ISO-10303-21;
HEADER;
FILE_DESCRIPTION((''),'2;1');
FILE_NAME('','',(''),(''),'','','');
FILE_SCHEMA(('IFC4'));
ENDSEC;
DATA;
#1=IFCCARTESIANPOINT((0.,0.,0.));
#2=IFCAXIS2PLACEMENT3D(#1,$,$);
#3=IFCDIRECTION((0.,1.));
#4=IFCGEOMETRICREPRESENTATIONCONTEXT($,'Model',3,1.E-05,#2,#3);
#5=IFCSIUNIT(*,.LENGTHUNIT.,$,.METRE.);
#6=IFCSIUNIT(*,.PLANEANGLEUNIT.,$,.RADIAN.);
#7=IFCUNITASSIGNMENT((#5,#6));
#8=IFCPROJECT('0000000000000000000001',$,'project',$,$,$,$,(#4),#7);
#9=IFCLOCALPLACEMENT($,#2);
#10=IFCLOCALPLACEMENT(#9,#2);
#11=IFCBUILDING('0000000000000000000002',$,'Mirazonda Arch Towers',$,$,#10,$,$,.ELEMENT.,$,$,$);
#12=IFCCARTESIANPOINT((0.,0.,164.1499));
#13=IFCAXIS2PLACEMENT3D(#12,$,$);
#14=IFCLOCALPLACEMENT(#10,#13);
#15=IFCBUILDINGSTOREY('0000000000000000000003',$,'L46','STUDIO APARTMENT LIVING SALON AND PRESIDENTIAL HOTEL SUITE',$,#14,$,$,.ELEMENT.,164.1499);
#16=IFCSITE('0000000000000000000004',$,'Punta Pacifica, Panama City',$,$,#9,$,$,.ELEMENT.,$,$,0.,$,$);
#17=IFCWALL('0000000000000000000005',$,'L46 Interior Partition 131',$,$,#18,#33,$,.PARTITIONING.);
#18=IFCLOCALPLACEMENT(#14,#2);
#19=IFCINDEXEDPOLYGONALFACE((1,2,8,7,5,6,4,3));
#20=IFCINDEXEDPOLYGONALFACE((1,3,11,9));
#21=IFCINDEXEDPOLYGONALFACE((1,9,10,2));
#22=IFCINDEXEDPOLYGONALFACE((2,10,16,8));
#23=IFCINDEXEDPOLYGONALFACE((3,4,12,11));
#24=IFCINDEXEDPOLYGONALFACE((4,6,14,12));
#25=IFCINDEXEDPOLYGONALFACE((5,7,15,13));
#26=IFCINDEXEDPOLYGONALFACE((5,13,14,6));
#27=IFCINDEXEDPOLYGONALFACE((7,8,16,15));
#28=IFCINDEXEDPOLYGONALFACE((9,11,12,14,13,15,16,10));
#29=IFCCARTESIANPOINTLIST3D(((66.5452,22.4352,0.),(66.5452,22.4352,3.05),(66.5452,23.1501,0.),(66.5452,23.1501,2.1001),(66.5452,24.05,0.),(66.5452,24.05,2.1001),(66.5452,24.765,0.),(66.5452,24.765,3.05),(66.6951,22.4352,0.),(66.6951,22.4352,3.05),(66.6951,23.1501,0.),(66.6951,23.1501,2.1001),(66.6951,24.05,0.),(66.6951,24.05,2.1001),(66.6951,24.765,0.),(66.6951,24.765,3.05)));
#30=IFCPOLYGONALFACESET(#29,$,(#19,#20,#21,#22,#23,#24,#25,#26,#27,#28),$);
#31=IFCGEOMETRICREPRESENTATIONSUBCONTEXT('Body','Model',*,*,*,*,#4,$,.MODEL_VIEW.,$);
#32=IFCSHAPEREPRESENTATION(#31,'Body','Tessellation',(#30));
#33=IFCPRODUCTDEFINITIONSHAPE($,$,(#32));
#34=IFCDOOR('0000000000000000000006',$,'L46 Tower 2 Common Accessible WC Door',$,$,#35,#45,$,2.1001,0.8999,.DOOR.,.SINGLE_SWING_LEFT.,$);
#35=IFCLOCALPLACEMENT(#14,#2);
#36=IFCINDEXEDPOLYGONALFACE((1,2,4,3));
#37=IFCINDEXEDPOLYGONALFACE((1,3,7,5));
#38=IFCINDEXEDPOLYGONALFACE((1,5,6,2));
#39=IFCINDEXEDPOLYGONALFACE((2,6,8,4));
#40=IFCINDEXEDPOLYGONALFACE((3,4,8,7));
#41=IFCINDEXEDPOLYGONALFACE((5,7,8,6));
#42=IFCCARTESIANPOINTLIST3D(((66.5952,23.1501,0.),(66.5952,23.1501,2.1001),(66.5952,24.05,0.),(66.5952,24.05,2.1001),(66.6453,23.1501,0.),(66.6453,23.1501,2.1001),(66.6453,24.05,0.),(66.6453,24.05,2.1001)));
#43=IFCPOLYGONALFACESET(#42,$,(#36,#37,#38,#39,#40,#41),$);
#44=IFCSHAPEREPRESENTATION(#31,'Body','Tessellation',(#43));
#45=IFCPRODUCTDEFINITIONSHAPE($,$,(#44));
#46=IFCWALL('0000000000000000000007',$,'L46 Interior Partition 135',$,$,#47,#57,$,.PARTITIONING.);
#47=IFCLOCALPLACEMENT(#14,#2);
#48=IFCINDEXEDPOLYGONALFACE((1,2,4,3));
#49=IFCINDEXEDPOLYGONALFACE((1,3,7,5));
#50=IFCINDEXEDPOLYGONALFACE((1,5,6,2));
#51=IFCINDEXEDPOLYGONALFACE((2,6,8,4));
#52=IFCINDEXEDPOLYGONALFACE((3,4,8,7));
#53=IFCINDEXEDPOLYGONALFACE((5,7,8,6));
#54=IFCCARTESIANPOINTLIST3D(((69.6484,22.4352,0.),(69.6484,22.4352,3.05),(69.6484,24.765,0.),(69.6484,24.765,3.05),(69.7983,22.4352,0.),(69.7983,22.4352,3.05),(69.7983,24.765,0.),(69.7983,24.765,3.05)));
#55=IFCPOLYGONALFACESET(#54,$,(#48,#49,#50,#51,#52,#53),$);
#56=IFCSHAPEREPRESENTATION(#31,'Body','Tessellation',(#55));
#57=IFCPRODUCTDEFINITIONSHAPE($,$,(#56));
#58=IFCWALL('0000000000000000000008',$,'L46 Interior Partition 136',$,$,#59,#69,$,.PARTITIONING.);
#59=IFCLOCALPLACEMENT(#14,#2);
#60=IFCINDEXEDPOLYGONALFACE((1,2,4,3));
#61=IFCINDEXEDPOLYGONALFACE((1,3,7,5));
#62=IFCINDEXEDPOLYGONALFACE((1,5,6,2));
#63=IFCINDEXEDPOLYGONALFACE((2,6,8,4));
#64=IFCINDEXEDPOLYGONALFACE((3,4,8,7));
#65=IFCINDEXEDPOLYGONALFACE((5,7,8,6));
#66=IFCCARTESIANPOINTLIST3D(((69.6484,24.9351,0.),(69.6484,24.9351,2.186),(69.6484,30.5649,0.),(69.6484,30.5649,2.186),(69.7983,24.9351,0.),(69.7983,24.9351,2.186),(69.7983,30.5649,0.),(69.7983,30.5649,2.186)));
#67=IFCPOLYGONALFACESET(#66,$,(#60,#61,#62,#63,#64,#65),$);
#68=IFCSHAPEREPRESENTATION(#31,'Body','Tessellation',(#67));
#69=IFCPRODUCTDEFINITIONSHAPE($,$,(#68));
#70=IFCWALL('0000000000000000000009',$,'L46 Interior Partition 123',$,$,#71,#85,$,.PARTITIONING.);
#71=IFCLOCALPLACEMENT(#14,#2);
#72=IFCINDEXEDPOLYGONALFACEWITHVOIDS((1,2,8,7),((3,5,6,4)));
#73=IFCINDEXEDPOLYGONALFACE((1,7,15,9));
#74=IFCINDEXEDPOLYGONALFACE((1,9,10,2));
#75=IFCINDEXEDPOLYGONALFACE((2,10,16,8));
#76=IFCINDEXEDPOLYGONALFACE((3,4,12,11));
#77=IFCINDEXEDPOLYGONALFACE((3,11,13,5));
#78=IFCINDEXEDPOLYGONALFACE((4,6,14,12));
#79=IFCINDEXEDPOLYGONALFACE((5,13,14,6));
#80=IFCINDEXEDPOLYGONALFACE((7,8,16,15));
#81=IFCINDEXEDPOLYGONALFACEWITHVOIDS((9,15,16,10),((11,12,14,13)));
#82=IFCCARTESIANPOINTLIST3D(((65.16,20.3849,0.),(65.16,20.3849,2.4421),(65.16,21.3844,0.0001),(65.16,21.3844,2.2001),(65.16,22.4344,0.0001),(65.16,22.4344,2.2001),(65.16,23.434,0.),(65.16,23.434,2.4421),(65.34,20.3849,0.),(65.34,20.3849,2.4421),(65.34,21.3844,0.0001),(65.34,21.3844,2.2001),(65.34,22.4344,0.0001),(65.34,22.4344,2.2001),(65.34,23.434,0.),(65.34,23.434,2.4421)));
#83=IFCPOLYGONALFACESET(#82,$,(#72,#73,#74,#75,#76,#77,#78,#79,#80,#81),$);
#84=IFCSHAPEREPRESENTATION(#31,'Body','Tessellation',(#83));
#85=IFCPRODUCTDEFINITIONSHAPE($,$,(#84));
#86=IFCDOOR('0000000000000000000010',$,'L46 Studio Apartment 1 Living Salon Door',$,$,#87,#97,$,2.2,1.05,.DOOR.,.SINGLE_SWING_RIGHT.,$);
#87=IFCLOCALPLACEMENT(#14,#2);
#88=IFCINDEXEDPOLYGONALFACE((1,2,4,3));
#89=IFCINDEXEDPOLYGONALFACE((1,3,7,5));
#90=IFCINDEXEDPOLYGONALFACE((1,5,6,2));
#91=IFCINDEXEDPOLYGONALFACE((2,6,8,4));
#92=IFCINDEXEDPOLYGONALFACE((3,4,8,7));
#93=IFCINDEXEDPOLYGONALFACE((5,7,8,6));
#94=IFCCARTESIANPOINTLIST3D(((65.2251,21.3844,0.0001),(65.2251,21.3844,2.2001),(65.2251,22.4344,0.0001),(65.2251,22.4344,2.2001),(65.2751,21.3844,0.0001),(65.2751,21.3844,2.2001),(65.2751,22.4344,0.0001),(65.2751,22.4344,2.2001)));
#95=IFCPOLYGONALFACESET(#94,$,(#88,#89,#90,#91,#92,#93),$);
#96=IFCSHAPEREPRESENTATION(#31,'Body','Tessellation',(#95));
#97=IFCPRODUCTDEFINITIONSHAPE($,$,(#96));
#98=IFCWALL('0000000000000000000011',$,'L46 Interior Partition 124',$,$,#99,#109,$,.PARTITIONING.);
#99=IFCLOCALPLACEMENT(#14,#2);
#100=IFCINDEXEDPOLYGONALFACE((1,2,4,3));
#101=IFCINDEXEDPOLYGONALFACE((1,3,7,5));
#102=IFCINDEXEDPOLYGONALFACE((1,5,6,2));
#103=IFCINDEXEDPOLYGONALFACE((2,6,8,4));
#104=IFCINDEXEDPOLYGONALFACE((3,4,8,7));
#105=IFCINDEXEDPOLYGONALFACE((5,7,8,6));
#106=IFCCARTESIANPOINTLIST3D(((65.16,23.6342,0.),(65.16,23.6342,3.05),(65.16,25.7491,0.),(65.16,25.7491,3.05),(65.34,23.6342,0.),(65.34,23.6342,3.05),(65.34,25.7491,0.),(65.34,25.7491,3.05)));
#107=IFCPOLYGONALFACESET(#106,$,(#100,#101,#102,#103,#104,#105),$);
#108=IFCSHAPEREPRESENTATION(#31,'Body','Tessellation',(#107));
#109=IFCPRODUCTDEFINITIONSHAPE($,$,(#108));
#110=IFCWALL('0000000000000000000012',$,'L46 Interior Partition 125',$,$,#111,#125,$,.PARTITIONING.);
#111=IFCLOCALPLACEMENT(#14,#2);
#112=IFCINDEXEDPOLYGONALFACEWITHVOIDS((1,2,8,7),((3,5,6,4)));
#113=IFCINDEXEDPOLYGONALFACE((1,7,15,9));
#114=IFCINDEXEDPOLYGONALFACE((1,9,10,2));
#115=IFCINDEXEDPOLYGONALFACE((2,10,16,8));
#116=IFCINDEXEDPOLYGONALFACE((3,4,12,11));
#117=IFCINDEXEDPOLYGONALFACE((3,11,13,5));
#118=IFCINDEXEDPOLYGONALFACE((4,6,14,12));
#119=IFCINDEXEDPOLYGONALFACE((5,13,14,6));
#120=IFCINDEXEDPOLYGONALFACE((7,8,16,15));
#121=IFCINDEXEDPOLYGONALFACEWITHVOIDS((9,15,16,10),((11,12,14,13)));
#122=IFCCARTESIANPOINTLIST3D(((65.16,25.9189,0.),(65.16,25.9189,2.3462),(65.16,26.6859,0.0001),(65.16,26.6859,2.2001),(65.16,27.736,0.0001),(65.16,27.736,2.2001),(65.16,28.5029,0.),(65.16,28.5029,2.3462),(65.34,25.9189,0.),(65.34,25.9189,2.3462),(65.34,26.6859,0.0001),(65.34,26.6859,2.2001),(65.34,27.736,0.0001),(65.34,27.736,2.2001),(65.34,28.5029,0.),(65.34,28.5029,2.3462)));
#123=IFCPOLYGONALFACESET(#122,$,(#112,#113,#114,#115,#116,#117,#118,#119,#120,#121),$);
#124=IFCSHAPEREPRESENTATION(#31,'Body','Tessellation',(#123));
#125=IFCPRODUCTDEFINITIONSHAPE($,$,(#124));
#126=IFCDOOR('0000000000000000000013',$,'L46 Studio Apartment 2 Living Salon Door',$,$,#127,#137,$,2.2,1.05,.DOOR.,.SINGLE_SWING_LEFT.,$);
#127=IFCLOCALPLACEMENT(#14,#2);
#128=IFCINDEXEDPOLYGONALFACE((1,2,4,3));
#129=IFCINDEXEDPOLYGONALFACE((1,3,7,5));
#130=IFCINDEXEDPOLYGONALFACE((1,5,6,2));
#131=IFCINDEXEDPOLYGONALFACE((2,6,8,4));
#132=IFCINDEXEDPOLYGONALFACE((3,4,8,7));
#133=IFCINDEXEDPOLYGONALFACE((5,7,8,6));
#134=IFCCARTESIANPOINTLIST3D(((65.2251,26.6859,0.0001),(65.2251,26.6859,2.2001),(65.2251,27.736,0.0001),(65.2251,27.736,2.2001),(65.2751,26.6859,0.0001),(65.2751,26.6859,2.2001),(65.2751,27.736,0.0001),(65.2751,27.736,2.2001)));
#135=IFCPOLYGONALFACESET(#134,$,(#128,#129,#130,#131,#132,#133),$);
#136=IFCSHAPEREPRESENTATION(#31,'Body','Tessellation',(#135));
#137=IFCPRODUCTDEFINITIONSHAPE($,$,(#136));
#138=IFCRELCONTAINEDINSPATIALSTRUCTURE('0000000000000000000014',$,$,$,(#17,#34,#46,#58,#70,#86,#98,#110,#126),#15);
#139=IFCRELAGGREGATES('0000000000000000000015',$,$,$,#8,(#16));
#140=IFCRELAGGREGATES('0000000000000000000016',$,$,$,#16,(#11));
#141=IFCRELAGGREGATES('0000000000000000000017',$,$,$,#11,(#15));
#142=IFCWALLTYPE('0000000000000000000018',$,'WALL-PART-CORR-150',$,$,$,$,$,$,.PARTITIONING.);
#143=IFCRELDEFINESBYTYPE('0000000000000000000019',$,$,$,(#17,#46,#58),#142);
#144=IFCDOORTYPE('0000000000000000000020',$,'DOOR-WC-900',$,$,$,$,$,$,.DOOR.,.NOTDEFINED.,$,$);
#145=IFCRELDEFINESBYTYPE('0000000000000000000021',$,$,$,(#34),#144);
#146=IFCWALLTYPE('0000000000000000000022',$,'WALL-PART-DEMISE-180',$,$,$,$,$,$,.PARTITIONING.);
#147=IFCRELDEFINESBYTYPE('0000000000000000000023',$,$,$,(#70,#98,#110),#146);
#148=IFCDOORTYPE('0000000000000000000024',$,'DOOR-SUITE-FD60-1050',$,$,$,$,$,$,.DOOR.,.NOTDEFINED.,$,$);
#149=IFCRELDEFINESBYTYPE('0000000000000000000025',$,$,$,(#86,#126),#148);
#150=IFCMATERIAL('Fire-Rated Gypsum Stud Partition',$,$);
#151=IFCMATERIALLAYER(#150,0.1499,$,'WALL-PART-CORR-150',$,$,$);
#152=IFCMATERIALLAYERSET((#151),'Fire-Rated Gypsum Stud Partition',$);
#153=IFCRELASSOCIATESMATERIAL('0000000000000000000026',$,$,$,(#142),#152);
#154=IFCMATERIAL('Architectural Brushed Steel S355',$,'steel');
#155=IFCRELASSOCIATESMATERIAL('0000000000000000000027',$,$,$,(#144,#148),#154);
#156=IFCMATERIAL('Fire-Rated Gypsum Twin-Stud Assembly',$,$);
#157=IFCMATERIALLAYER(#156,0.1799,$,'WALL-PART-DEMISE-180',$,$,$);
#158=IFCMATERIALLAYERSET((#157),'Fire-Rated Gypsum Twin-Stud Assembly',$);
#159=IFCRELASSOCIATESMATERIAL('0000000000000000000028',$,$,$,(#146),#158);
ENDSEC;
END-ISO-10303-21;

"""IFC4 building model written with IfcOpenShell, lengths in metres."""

from ifc_helpers import new_model, si_unit, direction, frame, frame_2d, origin, place, context, subcontext, project, spatial, rectangle, extrude, material, layer, layer_set, type_object, element, fill, save


model = new_model("IFC4")

# Units and contexts
model_context = context("Model", 3, precision=1e-05, world=origin(), true_north=direction((0.0, 1.0)))
body_context = subcontext(model_context, "Body", "Model", "MODEL_VIEW")
ifc_project = project(units=[si_unit("LENGTHUNIT", "METRE"), si_unit("PLANEANGLEUNIT", "RADIAN")], contexts=[model_context])

# Site, building, storey
site_placement = place(None, origin())
site = spatial("IfcSite", under=ifc_project, at=site_placement, Name="Punta Pacifica, Panama City", CompositionType="ELEMENT", RefElevation=0.0)
building_placement = place(site_placement, origin())
building = spatial("IfcBuilding", under=site, at=building_placement, Name="Mirazonda Arch Towers", CompositionType="ELEMENT")
storey_placement = place(building_placement, frame((0.0, 0.0, 164.1499)))
storey = spatial("IfcBuildingStorey", under=building, at=storey_placement, Name="L46", Description="STUDIO APARTMENT LIVING SALON AND PRESIDENTIAL HOTEL SUITE", CompositionType="ELEMENT", Elevation=164.1499)

# Shared definitions
ifc_material_1 = material(Name="Architectural Brushed Steel S355", Category="steel")

# Shared definitions
ifc_material_2 = material(Name="Fire-Rated Gypsum Stud Partition")
ifc_layer_1 = layer(ifc_material_2, 0.1499, Name="WALL-PART-CORR-150")
ifc_layer_set_1 = layer_set([ifc_layer_1], Name="Fire-Rated Gypsum Stud Partition")
wall_type_1 = type_object("IfcWallType", Name="WALL-PART-CORR-150", PredefinedType="PARTITIONING", material=ifc_layer_set_1)

# Wall, opening, door
wall_1_placement = place(storey_placement, frame((66.6201, 22.4351, 0.0), z_axis=(0.0, 0.0, 1.0), x_axis=(0.0, 1.0, 0.0)))
wall_1 = element("IfcWall", 1, at=wall_1_placement, inside=storey, type_object=wall_type_1, Name="L46 Interior Partition 131", PredefinedType="PARTITIONING", context=body_context, shape_type="SweptSolid", body=[
    extrude(rectangle(XDim=2.3298, YDim=0.1499, at=frame_2d((1.165, 0.0))), origin(), (0.0, 0.0, 1.0), 3.05),
])
opening_1_placement = place(wall_1_placement, frame((0.7151, 0.0, 0.0)))
opening_1 = element("IfcOpeningElement", 2, at=opening_1_placement, cuts=wall_1, PredefinedType="OPENING", context=body_context, shape_type="SweptSolid", body=[
    extrude(rectangle(XDim=0.8999, YDim=2.1001, at=frame_2d((0.45, 1.05))), frame((0.0, 0.085, 0.0), z_axis=(0.0, -1.0, 0.0), x_axis=(1.0, 0.0, 0.0)), (0.0, 0.0, 1.0), 0.1699),
])
door_type_1 = type_object("IfcDoorType", Name="DOOR-WC-900", OperationType="NOTDEFINED", PredefinedType="DOOR", material=ifc_material_1)
door_1_placement = place(opening_1_placement, origin())
door_1 = element("IfcDoor", 3, at=door_1_placement, inside=storey, type_object=door_type_1, Name="L46 Tower 2 Common Accessible WC Door", OperationType="SINGLE_SWING_LEFT", OverallHeight=2.1001, OverallWidth=0.8999, PredefinedType="DOOR", context=body_context, shape_type="SweptSolid", body=[
    extrude(rectangle(XDim=0.8999, YDim=2.1001, at=frame_2d((0.45, 1.05))), frame((0.0, 0.0249, 0.0), z_axis=(0.0, -1.0, 0.0), x_axis=(1.0, 0.0, 0.0)), (0.0, 0.0, 1.0), 0.05),
])
fill(opening_1, door_1)

# Walls
wall_2_placement = place(storey_placement, frame((69.7234, 22.4351, 0.0), z_axis=(0.0, 0.0, 1.0), x_axis=(0.0, 1.0, 0.0)))
element("IfcWall", 4, at=wall_2_placement, inside=storey, type_object=wall_type_1, Name="L46 Interior Partition 135", PredefinedType="PARTITIONING", context=body_context, shape_type="SweptSolid", body=[
    extrude(rectangle(XDim=2.3298, YDim=0.1499, at=frame_2d((1.165, 0.0))), origin(), (0.0, 0.0, 1.0), 3.05),
])
wall_3_placement = place(storey_placement, frame((69.7234, 24.9351, 0.0), z_axis=(0.0, 0.0, 1.0), x_axis=(0.0, 1.0, 0.0)))
element("IfcWall", 5, at=wall_3_placement, inside=storey, type_object=wall_type_1, Name="L46 Interior Partition 136", PredefinedType="PARTITIONING", context=body_context, shape_type="SweptSolid", body=[
    extrude(rectangle(XDim=5.6299, YDim=0.1499, at=frame_2d((2.8149, 0.0))), origin(), (0.0, 0.0, 1.0), 2.186),
])

# Wall, opening, door
ifc_material_3 = material(Name="Fire-Rated Gypsum Twin-Stud Assembly")
ifc_layer_2 = layer(ifc_material_3, 0.1799, Name="WALL-PART-DEMISE-180")
ifc_layer_set_2 = layer_set([ifc_layer_2], Name="Fire-Rated Gypsum Twin-Stud Assembly")
wall_type_2 = type_object("IfcWallType", Name="WALL-PART-DEMISE-180", PredefinedType="PARTITIONING", material=ifc_layer_set_2)
wall_4_placement = place(storey_placement, frame((65.25, 20.385, 0.0), z_axis=(0.0, 0.0, 1.0), x_axis=(0.0, 1.0, 0.0)))
wall_4 = element("IfcWall", 6, at=wall_4_placement, inside=storey, type_object=wall_type_2, Name="L46 Interior Partition 123", PredefinedType="PARTITIONING", context=body_context, shape_type="SweptSolid", body=[
    extrude(rectangle(XDim=3.0491, YDim=0.1799, at=frame_2d((1.5244, 0.0))), origin(), (0.0, 0.0, 1.0), 2.4421),
])
opening_2_placement = place(wall_4_placement, frame((0.9995, 0.0, 0.0)))
opening_2 = element("IfcOpeningElement", 7, at=opening_2_placement, cuts=wall_4, PredefinedType="OPENING", context=body_context, shape_type="SweptSolid", body=[
    extrude(rectangle(XDim=1.05, YDim=2.2, at=frame_2d((0.5249, 1.1001))), frame((0.0, 0.0999, 0.0), z_axis=(0.0, -1.0, 0.0), x_axis=(1.0, 0.0, 0.0)), (0.0, 0.0, 1.0), 0.2),
])
door_type_2 = type_object("IfcDoorType", Name="DOOR-SUITE-FD60-1050", OperationType="NOTDEFINED", PredefinedType="DOOR", material=ifc_material_1)
door_2_placement = place(opening_2_placement, origin())
door_2 = element("IfcDoor", 8, at=door_2_placement, inside=storey, type_object=door_type_2, Name="L46 Studio Apartment 1 Living Salon Door", OperationType="SINGLE_SWING_RIGHT", OverallHeight=2.2, OverallWidth=1.05, PredefinedType="DOOR", context=body_context, shape_type="SweptSolid", body=[
    extrude(rectangle(XDim=1.05, YDim=2.2, at=frame_2d((0.5249, 1.1001))), frame((0.0, 0.0249, 0.0), z_axis=(0.0, -1.0, 0.0), x_axis=(1.0, 0.0, 0.0)), (0.0, 0.0, 1.0), 0.05),
])
fill(opening_2, door_2)

# Wall
wall_5_placement = place(storey_placement, frame((65.25, 23.634, 0.0), z_axis=(0.0, 0.0, 1.0), x_axis=(0.0, 1.0, 0.0)))
element("IfcWall", 9, at=wall_5_placement, inside=storey, type_object=wall_type_2, Name="L46 Interior Partition 124", PredefinedType="PARTITIONING", context=body_context, shape_type="SweptSolid", body=[
    extrude(rectangle(XDim=2.115, YDim=0.1799, at=frame_2d((1.0576, 0.0))), origin(), (0.0, 0.0, 1.0), 3.05),
])

# Wall, opening, door
wall_6_placement = place(storey_placement, frame((65.25, 25.9189, 0.0), z_axis=(0.0, 0.0, 1.0), x_axis=(0.0, 1.0, 0.0)))
wall_6 = element("IfcWall", 10, at=wall_6_placement, inside=storey, type_object=wall_type_2, Name="L46 Interior Partition 125", PredefinedType="PARTITIONING", context=body_context, shape_type="SweptSolid", body=[
    extrude(rectangle(XDim=2.584, YDim=0.1799, at=frame_2d((1.292, 0.0))), origin(), (0.0, 0.0, 1.0), 2.3462),
])
opening_3_placement = place(wall_6_placement, frame((0.7671, 0.0, 0.0)))
opening_3 = element("IfcOpeningElement", 11, at=opening_3_placement, cuts=wall_6, PredefinedType="OPENING", context=body_context, shape_type="SweptSolid", body=[
    extrude(rectangle(XDim=1.05, YDim=2.2, at=frame_2d((0.5249, 1.1001))), frame((0.0, 0.0999, 0.0), z_axis=(0.0, -1.0, 0.0), x_axis=(1.0, 0.0, 0.0)), (0.0, 0.0, 1.0), 0.2),
])
door_3_placement = place(opening_3_placement, origin())
door_3 = element("IfcDoor", 12, at=door_3_placement, inside=storey, type_object=door_type_2, Name="L46 Studio Apartment 2 Living Salon Door", OperationType="SINGLE_SWING_LEFT", OverallHeight=2.2, OverallWidth=1.05, PredefinedType="DOOR", context=body_context, shape_type="SweptSolid", body=[
    extrude(rectangle(XDim=1.05, YDim=2.2, at=frame_2d((0.5249, 1.1001))), frame((0.0, 0.0249, 0.0), z_axis=(0.0, -1.0, 0.0), x_axis=(1.0, 0.0, 0.0)), (0.0, 0.0, 1.0), 0.05),
])
fill(opening_3, door_3)

save(model, "model.ifc")
